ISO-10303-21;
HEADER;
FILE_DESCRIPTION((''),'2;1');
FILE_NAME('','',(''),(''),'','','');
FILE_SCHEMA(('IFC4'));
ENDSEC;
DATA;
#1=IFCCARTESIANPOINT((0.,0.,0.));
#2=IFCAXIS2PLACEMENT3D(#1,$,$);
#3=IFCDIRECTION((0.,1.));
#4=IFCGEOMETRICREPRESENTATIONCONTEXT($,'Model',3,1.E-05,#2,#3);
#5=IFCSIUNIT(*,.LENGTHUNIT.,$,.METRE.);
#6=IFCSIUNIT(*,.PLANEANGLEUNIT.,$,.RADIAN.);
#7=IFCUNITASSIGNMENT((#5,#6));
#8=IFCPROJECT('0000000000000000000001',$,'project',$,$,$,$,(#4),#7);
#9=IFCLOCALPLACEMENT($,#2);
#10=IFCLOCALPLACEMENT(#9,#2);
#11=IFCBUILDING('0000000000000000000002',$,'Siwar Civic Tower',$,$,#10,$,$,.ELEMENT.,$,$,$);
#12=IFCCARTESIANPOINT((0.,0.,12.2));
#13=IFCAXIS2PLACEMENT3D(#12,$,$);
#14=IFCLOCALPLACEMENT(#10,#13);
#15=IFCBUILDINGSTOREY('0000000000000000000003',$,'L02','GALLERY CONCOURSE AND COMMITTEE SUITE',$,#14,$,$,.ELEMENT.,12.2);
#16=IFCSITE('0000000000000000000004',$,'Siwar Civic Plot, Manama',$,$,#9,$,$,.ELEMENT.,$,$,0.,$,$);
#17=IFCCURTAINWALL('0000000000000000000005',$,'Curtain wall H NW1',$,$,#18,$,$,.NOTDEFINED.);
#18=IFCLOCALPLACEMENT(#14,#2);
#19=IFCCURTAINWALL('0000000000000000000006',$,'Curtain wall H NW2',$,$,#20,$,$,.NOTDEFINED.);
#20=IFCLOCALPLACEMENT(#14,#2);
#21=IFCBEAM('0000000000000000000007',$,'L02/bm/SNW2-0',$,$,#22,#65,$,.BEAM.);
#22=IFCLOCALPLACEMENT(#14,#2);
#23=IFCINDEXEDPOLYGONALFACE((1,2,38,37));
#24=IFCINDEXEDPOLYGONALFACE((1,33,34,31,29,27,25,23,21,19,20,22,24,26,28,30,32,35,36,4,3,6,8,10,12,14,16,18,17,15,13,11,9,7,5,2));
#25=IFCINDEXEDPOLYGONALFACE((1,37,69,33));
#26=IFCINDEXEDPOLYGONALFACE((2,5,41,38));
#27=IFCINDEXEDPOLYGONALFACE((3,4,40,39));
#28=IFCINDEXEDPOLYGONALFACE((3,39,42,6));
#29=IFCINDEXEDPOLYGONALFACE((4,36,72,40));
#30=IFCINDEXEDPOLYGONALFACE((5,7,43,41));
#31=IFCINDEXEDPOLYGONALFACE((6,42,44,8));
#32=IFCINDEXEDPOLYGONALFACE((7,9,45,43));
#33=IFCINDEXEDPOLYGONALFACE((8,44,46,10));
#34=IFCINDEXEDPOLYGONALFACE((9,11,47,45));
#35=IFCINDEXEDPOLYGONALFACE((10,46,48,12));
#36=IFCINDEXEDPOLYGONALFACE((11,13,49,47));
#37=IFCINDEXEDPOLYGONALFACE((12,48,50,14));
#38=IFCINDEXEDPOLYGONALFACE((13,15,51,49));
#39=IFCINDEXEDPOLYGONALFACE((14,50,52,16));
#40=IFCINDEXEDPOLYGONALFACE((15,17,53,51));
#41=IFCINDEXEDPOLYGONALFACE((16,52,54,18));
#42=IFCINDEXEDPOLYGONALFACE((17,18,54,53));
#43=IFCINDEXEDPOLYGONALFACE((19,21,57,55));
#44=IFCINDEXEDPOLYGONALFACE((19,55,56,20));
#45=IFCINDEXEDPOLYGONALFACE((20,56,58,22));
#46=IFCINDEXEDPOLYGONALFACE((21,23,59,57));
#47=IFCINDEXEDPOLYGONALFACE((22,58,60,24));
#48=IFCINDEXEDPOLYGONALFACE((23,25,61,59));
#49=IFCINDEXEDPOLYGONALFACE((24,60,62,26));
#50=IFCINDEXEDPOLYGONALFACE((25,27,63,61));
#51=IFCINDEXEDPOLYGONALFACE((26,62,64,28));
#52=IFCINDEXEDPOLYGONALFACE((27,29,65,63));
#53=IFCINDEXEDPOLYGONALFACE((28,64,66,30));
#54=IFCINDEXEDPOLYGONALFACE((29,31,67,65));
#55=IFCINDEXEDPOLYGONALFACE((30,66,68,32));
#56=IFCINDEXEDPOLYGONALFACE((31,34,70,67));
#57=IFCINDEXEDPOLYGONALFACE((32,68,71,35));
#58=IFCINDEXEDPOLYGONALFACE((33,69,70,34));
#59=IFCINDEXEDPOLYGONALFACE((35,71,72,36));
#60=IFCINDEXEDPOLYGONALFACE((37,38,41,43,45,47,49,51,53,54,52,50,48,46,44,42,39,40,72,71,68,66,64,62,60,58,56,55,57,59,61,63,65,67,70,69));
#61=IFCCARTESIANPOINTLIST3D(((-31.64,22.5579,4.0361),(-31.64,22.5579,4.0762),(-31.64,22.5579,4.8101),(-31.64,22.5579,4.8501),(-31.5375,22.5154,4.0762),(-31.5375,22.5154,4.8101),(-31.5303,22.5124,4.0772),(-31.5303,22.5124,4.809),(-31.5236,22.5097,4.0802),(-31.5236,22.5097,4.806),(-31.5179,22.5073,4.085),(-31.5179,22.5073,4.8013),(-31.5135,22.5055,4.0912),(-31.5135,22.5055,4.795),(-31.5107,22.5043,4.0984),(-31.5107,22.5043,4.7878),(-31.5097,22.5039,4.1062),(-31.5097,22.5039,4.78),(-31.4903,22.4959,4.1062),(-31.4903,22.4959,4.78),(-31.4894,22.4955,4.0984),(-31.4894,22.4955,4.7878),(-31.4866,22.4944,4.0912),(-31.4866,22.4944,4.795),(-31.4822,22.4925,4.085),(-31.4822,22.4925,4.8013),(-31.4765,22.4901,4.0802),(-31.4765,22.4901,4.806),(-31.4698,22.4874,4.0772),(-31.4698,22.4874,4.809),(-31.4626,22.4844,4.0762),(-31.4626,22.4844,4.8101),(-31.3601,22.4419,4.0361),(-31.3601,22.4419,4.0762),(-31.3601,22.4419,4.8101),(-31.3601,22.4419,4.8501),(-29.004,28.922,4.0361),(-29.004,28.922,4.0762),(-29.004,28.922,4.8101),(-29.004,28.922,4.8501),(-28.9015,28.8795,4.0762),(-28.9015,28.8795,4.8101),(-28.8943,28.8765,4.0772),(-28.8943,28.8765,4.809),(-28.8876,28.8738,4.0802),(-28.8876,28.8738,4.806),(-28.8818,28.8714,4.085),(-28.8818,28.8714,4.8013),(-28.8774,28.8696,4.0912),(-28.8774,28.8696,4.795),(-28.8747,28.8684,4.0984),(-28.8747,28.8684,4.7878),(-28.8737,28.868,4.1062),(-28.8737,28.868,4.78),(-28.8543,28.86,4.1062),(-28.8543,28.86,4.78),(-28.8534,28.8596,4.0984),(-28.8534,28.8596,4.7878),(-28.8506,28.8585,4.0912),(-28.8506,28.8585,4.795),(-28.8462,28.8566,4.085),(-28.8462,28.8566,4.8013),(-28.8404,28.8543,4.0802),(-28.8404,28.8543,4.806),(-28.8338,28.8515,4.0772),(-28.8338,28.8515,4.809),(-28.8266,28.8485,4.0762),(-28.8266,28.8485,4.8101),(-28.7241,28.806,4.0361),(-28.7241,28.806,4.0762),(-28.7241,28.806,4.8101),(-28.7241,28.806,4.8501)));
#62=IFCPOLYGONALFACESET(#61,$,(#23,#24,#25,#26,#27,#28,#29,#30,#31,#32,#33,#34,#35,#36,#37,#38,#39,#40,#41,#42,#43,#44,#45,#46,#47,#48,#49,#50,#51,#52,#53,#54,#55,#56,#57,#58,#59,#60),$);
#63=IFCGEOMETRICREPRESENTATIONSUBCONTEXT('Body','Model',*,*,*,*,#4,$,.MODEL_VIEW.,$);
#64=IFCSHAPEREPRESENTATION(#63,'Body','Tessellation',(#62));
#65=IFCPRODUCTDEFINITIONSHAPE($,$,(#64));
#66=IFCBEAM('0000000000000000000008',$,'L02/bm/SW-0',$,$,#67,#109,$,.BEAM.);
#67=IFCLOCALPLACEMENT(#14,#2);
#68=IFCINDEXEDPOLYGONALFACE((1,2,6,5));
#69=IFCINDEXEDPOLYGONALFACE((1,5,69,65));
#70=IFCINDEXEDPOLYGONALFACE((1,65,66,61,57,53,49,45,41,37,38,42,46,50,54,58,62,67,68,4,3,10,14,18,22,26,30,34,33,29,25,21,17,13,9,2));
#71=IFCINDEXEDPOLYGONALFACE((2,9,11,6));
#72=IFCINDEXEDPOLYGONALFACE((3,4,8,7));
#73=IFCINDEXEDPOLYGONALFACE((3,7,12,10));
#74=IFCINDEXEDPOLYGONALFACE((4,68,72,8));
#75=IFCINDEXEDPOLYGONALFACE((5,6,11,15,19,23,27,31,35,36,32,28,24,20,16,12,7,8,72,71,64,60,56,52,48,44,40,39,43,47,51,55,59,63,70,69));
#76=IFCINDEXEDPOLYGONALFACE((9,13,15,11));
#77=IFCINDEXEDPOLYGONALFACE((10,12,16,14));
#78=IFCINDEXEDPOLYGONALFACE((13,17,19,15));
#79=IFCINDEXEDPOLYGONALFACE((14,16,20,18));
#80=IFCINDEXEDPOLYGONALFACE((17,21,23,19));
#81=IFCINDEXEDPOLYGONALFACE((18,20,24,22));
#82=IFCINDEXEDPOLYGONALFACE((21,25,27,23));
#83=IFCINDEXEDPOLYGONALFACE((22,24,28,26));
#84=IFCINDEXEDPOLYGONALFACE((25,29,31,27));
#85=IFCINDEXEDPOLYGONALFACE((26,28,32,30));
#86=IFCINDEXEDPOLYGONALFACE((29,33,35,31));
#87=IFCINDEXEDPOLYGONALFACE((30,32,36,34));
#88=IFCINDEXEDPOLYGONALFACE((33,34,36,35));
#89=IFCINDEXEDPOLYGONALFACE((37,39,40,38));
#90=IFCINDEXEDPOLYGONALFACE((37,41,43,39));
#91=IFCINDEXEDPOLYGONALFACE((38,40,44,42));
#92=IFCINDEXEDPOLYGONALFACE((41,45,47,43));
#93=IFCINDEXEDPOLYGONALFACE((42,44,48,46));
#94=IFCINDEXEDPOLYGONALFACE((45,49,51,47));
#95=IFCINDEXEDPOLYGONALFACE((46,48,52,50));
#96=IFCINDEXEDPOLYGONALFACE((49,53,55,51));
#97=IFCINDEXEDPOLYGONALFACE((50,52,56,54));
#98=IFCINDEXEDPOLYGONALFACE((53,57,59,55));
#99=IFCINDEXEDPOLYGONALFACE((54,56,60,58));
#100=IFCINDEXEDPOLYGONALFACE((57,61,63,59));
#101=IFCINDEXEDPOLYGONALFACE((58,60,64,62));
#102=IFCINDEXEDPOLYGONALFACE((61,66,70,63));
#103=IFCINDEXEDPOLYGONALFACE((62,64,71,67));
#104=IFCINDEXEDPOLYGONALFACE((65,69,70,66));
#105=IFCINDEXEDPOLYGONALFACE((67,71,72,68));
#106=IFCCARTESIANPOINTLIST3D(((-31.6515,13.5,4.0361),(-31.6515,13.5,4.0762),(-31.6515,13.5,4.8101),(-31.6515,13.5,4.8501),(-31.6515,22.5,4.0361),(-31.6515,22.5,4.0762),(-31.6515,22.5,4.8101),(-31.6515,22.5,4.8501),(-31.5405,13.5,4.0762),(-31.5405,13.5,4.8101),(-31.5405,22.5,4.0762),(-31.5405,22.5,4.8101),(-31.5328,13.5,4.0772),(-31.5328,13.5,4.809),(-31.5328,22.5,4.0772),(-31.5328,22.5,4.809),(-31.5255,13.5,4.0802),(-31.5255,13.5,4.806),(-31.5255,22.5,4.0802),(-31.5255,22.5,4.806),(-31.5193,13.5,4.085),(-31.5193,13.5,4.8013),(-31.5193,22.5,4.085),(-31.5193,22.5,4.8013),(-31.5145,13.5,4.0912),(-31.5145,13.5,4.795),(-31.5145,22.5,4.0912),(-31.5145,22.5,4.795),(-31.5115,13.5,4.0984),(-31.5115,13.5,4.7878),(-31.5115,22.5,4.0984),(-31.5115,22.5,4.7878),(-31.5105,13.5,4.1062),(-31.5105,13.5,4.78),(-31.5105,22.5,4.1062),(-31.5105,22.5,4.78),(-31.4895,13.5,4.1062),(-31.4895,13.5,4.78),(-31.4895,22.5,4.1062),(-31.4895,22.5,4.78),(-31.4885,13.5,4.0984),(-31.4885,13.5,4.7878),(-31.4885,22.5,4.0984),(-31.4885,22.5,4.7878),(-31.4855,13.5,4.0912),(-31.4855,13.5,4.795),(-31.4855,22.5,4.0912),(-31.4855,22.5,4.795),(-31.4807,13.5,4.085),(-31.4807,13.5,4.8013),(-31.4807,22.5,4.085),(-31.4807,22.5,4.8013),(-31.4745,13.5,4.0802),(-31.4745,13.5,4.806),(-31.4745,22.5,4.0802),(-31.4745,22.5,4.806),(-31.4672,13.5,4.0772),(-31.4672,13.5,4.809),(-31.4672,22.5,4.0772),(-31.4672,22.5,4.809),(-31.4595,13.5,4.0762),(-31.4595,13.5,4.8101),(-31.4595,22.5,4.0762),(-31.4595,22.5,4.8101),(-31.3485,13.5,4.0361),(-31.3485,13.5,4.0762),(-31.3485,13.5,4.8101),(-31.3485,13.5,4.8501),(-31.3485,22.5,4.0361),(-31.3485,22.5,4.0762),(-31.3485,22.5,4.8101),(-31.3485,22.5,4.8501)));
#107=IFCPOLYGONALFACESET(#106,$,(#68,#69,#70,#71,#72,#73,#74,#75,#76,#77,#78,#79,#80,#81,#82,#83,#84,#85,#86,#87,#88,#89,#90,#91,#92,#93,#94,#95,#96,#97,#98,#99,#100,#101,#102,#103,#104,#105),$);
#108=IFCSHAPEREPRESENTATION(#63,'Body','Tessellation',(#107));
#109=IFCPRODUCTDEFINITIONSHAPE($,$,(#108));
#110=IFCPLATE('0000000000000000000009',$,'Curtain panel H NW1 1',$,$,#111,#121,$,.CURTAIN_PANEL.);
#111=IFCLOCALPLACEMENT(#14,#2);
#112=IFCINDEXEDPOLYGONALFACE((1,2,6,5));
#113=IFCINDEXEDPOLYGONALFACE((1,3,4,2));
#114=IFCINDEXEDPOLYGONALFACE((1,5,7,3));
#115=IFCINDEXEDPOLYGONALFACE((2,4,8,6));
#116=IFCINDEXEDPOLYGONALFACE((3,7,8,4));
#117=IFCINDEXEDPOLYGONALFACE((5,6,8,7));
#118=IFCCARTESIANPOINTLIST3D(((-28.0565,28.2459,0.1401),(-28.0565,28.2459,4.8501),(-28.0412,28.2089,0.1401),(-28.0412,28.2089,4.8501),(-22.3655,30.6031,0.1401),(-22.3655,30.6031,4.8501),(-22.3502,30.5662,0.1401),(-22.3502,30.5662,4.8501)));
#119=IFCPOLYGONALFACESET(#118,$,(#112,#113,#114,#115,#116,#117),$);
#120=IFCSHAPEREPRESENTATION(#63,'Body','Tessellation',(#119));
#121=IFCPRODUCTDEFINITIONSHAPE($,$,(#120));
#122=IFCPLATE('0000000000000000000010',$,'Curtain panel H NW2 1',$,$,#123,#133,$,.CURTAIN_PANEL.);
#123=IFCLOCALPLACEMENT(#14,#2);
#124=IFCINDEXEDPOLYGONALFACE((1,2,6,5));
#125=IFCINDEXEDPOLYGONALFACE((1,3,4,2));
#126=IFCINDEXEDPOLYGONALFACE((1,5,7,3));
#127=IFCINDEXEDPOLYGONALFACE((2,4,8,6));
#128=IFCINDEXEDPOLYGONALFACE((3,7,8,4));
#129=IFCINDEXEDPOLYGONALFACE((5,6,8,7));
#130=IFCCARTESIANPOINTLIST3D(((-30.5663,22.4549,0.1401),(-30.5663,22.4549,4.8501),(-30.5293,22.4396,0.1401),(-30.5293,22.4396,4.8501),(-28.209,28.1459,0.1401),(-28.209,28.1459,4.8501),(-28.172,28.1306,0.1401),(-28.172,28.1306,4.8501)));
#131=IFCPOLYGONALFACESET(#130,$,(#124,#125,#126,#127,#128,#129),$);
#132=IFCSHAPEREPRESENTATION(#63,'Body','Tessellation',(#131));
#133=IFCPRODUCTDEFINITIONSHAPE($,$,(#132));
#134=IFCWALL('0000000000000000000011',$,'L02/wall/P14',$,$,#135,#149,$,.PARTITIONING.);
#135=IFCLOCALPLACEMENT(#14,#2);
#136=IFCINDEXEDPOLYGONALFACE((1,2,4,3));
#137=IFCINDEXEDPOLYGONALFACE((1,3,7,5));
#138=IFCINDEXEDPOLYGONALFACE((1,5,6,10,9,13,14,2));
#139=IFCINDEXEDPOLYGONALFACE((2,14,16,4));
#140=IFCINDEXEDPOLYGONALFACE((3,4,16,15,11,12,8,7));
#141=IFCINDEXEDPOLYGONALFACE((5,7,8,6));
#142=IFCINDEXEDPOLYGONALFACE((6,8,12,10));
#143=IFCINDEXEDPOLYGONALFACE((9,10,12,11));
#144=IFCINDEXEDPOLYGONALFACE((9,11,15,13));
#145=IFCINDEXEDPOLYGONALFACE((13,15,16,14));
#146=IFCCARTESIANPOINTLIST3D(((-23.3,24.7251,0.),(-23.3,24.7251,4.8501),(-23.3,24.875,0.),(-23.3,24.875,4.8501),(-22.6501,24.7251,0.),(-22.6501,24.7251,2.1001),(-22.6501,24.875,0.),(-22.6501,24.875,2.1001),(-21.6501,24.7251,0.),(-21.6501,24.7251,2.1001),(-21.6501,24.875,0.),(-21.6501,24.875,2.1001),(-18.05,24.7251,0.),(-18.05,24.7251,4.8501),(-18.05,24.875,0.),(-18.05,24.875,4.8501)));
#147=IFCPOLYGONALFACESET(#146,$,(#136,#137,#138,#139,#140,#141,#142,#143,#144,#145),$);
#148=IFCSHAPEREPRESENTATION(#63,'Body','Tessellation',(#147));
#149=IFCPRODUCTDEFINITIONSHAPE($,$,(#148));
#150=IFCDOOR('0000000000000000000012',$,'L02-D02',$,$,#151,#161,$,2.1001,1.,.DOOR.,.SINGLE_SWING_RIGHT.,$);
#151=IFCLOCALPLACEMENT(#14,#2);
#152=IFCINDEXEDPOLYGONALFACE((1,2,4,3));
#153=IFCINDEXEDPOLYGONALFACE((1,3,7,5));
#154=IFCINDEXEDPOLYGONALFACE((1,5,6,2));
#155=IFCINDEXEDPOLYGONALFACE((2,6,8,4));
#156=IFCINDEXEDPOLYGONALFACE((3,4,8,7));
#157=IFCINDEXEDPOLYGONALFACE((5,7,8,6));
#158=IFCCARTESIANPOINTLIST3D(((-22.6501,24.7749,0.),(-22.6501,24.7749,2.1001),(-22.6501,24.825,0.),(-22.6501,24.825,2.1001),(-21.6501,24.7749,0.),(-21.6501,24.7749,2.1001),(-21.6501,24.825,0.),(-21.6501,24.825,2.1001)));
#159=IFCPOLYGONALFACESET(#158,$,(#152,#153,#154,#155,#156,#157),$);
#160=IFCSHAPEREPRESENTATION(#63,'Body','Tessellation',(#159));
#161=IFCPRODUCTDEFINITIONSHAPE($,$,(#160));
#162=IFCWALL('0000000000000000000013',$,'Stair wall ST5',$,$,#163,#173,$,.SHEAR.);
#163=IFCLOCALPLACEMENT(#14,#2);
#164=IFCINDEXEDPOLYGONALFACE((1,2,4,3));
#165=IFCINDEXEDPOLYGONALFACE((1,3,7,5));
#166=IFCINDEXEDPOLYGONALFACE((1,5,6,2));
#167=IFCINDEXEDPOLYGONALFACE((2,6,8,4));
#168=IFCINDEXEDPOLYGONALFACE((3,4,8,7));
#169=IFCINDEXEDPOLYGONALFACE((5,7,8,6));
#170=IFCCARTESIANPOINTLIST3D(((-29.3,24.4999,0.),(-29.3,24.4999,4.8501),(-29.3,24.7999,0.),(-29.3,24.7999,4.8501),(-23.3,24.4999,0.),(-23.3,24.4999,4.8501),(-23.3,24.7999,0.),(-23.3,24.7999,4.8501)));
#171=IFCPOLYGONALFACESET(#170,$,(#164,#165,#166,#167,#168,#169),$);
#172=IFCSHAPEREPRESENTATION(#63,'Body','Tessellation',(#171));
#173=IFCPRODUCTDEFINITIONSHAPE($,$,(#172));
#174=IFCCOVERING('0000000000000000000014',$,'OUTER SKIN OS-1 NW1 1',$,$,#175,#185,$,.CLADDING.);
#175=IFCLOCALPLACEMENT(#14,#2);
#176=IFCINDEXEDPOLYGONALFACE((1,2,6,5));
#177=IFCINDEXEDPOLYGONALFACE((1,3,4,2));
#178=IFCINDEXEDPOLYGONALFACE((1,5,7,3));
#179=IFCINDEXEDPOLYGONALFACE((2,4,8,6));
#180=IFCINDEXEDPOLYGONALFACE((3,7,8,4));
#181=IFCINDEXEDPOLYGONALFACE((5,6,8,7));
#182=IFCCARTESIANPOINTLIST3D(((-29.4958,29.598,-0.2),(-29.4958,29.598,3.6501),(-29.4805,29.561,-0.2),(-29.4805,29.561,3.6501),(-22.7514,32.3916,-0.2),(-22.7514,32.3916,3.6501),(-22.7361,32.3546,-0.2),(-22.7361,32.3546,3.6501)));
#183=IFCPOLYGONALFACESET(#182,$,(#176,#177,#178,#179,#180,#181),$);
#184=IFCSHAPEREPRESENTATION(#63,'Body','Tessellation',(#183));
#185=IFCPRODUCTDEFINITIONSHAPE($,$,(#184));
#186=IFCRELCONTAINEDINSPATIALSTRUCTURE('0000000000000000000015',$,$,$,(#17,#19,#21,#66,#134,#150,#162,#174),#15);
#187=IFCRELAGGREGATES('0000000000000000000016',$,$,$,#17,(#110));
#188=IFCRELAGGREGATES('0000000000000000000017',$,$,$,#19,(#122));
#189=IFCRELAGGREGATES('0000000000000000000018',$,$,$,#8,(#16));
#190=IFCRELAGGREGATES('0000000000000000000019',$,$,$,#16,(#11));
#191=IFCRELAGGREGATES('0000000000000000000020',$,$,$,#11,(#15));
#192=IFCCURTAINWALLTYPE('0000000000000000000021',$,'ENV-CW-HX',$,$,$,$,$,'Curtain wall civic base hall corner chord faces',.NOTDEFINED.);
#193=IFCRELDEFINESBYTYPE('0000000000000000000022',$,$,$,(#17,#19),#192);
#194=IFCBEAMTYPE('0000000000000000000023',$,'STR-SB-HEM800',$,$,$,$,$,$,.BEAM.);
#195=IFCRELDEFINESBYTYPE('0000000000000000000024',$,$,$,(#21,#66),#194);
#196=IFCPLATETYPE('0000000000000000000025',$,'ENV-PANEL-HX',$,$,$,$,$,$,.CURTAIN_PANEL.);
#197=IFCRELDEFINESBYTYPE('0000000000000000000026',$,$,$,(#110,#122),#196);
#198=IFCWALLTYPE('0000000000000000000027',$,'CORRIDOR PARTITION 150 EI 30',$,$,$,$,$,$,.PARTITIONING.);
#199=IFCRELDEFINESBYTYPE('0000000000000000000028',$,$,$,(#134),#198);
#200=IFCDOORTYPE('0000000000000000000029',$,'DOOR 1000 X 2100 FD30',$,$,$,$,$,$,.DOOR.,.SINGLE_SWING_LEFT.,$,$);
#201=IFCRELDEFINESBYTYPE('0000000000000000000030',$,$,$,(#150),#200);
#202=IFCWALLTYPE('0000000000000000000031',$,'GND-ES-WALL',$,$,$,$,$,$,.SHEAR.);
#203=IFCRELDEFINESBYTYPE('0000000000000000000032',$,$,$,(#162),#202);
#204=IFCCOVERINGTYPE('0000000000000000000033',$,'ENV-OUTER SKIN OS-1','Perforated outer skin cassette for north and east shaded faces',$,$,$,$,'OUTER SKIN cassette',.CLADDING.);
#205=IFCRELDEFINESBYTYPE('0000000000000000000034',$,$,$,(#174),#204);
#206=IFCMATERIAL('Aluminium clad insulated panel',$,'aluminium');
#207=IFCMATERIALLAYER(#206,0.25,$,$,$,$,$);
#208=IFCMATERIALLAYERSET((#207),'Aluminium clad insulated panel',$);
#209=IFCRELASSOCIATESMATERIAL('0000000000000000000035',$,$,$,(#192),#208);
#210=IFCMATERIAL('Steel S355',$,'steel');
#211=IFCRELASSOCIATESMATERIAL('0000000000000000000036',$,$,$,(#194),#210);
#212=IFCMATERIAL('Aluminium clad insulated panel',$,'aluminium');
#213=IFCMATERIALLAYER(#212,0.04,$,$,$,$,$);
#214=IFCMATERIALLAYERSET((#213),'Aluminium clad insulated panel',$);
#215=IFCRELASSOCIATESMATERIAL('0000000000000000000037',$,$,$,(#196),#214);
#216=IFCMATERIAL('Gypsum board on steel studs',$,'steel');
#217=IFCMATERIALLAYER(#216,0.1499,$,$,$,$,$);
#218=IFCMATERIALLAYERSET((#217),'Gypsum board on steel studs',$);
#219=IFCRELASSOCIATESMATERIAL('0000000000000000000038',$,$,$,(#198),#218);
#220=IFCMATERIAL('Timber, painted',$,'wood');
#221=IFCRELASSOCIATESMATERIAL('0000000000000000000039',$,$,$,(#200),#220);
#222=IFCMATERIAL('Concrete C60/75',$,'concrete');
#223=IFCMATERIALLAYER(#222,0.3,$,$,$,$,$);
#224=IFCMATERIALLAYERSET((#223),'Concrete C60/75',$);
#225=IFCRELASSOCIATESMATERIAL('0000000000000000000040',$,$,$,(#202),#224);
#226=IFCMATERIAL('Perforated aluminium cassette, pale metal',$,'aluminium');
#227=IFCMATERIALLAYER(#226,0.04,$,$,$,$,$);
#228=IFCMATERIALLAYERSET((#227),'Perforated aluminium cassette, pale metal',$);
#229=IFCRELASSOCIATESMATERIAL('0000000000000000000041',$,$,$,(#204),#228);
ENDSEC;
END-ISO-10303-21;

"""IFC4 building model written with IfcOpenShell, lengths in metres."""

from ifc_helpers import new_model, si_unit, direction, frame, frame_2d, origin, origin_2d, place, context, subcontext, project, spatial, rectangle, i_section, extrude, material, layer, layer_set, material_profile, profile_set, type_object, element, fill, aggregate, save


model = new_model("IFC4")

# Units and contexts
model_context = context("Model", 3, precision=1e-05, world=origin(), true_north=direction((0.0, 1.0)))
body_context = subcontext(model_context, "Body", "Model", "MODEL_VIEW")
ifc_project = project(units=[si_unit("LENGTHUNIT", "METRE"), si_unit("PLANEANGLEUNIT", "RADIAN")], contexts=[model_context])

# Site, building, storey
site_placement = place(None, origin())
site = spatial("IfcSite", under=ifc_project, at=site_placement, Name="Siwar Civic Plot, Manama", CompositionType="ELEMENT", RefElevation=0.0)
building_placement = place(site_placement, origin())
building = spatial("IfcBuilding", under=site, at=building_placement, Name="Siwar Civic Tower", CompositionType="ELEMENT")
storey_placement = place(building_placement, frame((0.0, 0.0, 12.2)))
storey = spatial("IfcBuildingStorey", under=building, at=storey_placement, Name="L02", Description="GALLERY CONCOURSE AND COMMITTEE SUITE", CompositionType="ELEMENT", Elevation=12.2)

# Curtain walls
ifc_material_1 = material(Name="Aluminium clad insulated panel", Category="aluminium")
ifc_layer_1 = layer(ifc_material_1, 0.25)
ifc_layer_set_1 = layer_set([ifc_layer_1], Name="Aluminium clad insulated panel")
curtain_wall_type_1 = type_object("IfcCurtainWallType", Name="ENV-CW-HX", ElementType="Curtain wall civic base hall corner chord faces", PredefinedType="NOTDEFINED", material=ifc_layer_set_1)
curtain_wall_1_placement = place(storey_placement, origin())
curtain_wall_1 = element("IfcCurtainWall", 1, at=curtain_wall_1_placement, inside=storey, type_object=curtain_wall_type_1, Name="Curtain wall H NW1", PredefinedType="NOTDEFINED")
curtain_wall_2_placement = place(storey_placement, origin())
curtain_wall_2 = element("IfcCurtainWall", 2, at=curtain_wall_2_placement, inside=storey, type_object=curtain_wall_type_1, Name="Curtain wall H NW2", PredefinedType="NOTDEFINED")

# Beams
ifc_material_2 = material(Name="Steel S355", Category="steel")
ifc_material_profile_1 = material_profile(ifc_material_2, i_section(OverallWidth=0.303, OverallDepth=0.814, WebThickness=0.021, FlangeThickness=0.04, FilletRadius=0.03, at=origin_2d()), Name="HEM800")
ifc_profile_set_1 = profile_set([ifc_material_profile_1], Name="Steel S355")
beam_type_1 = type_object("IfcBeamType", Name="STR-SB-HEM800", PredefinedType="BEAM", material=ifc_profile_set_1)
for number, where, z_axis, x_axis, name in (
    (3, (-28.864, 28.864, 4.4431), (-0.382674, -0.923883, 0.0), (0.923883, -0.382674, 0.0), "L02/bm/SNW2-0"),
):
    element("IfcBeam", number, at=place(storey_placement, frame(where, z_axis=z_axis, x_axis=x_axis)), inside=storey, type_object=beam_type_1, Name=name, PredefinedType="BEAM", context=body_context, shape_type="SweptSolid", body=[
        extrude(i_section(OverallWidth=0.303, OverallDepth=0.814, WebThickness=0.021, FlangeThickness=0.04, FilletRadius=0.03, at=origin_2d()), origin(), (0.0, 0.0, 1.0), 6.8884),
    ])
beam_1_placement = place(storey_placement, frame((-31.5, 22.5, 4.4431), z_axis=(0.0, -1.0, 0.0), x_axis=(1.0, 0.0, 0.0)))
element("IfcBeam", 4, at=beam_1_placement, inside=storey, type_object=beam_type_1, Name="L02/bm/SW-0", PredefinedType="BEAM", context=body_context, shape_type="SweptSolid", body=[
    extrude(i_section(OverallWidth=0.303, OverallDepth=0.814, WebThickness=0.021, FlangeThickness=0.04, FilletRadius=0.03, at=origin_2d()), origin(), (0.0, 0.0, 1.0), 9.0),
])

# Plates
ifc_material_3 = material(Name="Aluminium clad insulated panel", Category="aluminium")
ifc_layer_2 = layer(ifc_material_3, 0.04)
ifc_layer_set_2 = layer_set([ifc_layer_2], Name="Aluminium clad insulated panel")
plate_type = type_object("IfcPlateType", Name="ENV-PANEL-HX", PredefinedType="CURTAIN_PANEL", material=ifc_layer_set_2)
plate_1_placement = place(storey_placement, frame((-25.2034, 29.406, 0.1401), z_axis=(0.0, 0.0, 1.0), x_axis=(-0.92388, -0.382683, 0.0)))
plate_1 = element("IfcPlate", 5, at=plate_1_placement, type_object=plate_type, Name="Curtain panel H NW1 1", PredefinedType="CURTAIN_PANEL", context=body_context, shape_type="SweptSolid", body=[
    extrude(rectangle(XDim=6.1599, YDim=0.04, at=origin_2d()), origin(), (0.0, 0.0, 1.0), 4.71),
])
aggregate(curtain_wall_1, [plate_1])
plate_2_placement = place(storey_placement, frame((-29.3691, 25.2927, 0.1401), z_axis=(0.0, 0.0, 1.0), x_axis=(-0.382683, -0.92388, 0.0)))
plate_2 = element("IfcPlate", 6, at=plate_2_placement, type_object=plate_type, Name="Curtain panel H NW2 1", PredefinedType="CURTAIN_PANEL", context=body_context, shape_type="SweptSolid", body=[
    extrude(rectangle(XDim=6.1599, YDim=0.04, at=origin_2d()), origin(), (0.0, 0.0, 1.0), 4.71),
])
aggregate(curtain_wall_2, [plate_2])

# Wall, opening, door
ifc_material_4 = material(Name="Gypsum board on steel studs", Category="steel")
ifc_layer_3 = layer(ifc_material_4, 0.1499)
ifc_layer_set_3 = layer_set([ifc_layer_3], Name="Gypsum board on steel studs")
wall_type_1 = type_object("IfcWallType", Name="CORRIDOR PARTITION 150 EI 30", PredefinedType="PARTITIONING", material=ifc_layer_set_3)
wall_1_placement = place(storey_placement, frame((-23.3, 24.8, 0.0), z_axis=(0.0, 0.0, 1.0), x_axis=(1.0, 0.0, 0.0)))
wall_1 = element("IfcWall", 7, at=wall_1_placement, inside=storey, type_object=wall_type_1, Name="L02/wall/P14", PredefinedType="PARTITIONING", context=body_context, shape_type="SweptSolid", body=[
    extrude(rectangle(XDim=5.25, YDim=0.1499, at=frame_2d((2.625, 0.0))), origin(), (0.0, 0.0, 1.0), 4.8501),
])
opening_placement = place(wall_1_placement, frame((0.6499, 0.0, 0.0)))
opening = element("IfcOpeningElement", 8, at=opening_placement, cuts=wall_1, PredefinedType="OPENING", context=body_context, shape_type="SweptSolid", body=[
    extrude(rectangle(XDim=1.0, YDim=2.1001, at=frame_2d((0.5, 1.05))), frame((0.0, 0.085, 0.0), z_axis=(0.0, -1.0, 0.0), x_axis=(1.0, 0.0, 0.0)), (0.0, 0.0, 1.0), 0.1699),
])
ifc_material_5 = material(Name="Timber, painted", Category="wood")
door_type = type_object("IfcDoorType", Name="DOOR 1000 X 2100 FD30", OperationType="SINGLE_SWING_LEFT", PredefinedType="DOOR", material=ifc_material_5)
door_placement = place(opening_placement, origin())
door = element("IfcDoor", 9, at=door_placement, inside=storey, type_object=door_type, Name="L02-D02", OperationType="SINGLE_SWING_RIGHT", OverallHeight=2.1001, OverallWidth=1.0, PredefinedType="DOOR", context=body_context, shape_type="SweptSolid", body=[
    extrude(rectangle(XDim=1.0, YDim=2.1001, at=frame_2d((0.5, 1.05))), frame((0.0, 0.0249, 0.0), z_axis=(0.0, -1.0, 0.0), x_axis=(1.0, 0.0, 0.0)), (0.0, 0.0, 1.0), 0.05),
])
fill(opening, door)

# Wall
ifc_material_6 = material(Name="Concrete C60/75", Category="concrete")
ifc_layer_4 = layer(ifc_material_6, 0.3)
ifc_layer_set_4 = layer_set([ifc_layer_4], Name="Concrete C60/75")
wall_type_2 = type_object("IfcWallType", Name="GND-ES-WALL", PredefinedType="SHEAR", material=ifc_layer_set_4)
wall_2_placement = place(storey_placement, frame((-29.3, 24.6499, 0.0), z_axis=(0.0, 0.0, 1.0), x_axis=(1.0, 0.0, 0.0)))
element("IfcWall", 10, at=wall_2_placement, inside=storey, type_object=wall_type_2, Name="Stair wall ST5", PredefinedType="SHEAR", context=body_context, shape_type="SweptSolid", body=[
    extrude(rectangle(XDim=6.0, YDim=0.3, at=frame_2d((3.0, 0.0))), origin(), (0.0, 0.0, 1.0), 4.8501),
])

# Covering
ifc_material_7 = material(Name="Perforated aluminium cassette, pale metal", Category="aluminium")
ifc_layer_5 = layer(ifc_material_7, 0.04)
ifc_layer_set_5 = layer_set([ifc_layer_5], Name="Perforated aluminium cassette, pale metal")
covering_type_1 = type_object("IfcCoveringType", Name="ENV-OUTER SKIN OS-1", Description="Perforated outer skin cassette for north and east shaded faces", ElementType="OUTER SKIN cassette", PredefinedType="CLADDING", material=ifc_layer_set_5)
covering_1_placement = place(storey_placement, frame((-26.116, 30.9763, -0.2), z_axis=(0.0, 0.0, 1.0), x_axis=(-0.92388, -0.382683, 0.0)))
element("IfcCovering", 11, at=covering_1_placement, inside=storey, type_object=covering_type_1, Name="OUTER SKIN OS-1 NW1 1", PredefinedType="CLADDING", context=body_context, shape_type="SweptSolid", body=[
    extrude(rectangle(XDim=7.3, YDim=0.04, at=origin_2d()), origin(), (0.0, 0.0, 1.0), 3.8501),
])

save(model, "model.ifc")
